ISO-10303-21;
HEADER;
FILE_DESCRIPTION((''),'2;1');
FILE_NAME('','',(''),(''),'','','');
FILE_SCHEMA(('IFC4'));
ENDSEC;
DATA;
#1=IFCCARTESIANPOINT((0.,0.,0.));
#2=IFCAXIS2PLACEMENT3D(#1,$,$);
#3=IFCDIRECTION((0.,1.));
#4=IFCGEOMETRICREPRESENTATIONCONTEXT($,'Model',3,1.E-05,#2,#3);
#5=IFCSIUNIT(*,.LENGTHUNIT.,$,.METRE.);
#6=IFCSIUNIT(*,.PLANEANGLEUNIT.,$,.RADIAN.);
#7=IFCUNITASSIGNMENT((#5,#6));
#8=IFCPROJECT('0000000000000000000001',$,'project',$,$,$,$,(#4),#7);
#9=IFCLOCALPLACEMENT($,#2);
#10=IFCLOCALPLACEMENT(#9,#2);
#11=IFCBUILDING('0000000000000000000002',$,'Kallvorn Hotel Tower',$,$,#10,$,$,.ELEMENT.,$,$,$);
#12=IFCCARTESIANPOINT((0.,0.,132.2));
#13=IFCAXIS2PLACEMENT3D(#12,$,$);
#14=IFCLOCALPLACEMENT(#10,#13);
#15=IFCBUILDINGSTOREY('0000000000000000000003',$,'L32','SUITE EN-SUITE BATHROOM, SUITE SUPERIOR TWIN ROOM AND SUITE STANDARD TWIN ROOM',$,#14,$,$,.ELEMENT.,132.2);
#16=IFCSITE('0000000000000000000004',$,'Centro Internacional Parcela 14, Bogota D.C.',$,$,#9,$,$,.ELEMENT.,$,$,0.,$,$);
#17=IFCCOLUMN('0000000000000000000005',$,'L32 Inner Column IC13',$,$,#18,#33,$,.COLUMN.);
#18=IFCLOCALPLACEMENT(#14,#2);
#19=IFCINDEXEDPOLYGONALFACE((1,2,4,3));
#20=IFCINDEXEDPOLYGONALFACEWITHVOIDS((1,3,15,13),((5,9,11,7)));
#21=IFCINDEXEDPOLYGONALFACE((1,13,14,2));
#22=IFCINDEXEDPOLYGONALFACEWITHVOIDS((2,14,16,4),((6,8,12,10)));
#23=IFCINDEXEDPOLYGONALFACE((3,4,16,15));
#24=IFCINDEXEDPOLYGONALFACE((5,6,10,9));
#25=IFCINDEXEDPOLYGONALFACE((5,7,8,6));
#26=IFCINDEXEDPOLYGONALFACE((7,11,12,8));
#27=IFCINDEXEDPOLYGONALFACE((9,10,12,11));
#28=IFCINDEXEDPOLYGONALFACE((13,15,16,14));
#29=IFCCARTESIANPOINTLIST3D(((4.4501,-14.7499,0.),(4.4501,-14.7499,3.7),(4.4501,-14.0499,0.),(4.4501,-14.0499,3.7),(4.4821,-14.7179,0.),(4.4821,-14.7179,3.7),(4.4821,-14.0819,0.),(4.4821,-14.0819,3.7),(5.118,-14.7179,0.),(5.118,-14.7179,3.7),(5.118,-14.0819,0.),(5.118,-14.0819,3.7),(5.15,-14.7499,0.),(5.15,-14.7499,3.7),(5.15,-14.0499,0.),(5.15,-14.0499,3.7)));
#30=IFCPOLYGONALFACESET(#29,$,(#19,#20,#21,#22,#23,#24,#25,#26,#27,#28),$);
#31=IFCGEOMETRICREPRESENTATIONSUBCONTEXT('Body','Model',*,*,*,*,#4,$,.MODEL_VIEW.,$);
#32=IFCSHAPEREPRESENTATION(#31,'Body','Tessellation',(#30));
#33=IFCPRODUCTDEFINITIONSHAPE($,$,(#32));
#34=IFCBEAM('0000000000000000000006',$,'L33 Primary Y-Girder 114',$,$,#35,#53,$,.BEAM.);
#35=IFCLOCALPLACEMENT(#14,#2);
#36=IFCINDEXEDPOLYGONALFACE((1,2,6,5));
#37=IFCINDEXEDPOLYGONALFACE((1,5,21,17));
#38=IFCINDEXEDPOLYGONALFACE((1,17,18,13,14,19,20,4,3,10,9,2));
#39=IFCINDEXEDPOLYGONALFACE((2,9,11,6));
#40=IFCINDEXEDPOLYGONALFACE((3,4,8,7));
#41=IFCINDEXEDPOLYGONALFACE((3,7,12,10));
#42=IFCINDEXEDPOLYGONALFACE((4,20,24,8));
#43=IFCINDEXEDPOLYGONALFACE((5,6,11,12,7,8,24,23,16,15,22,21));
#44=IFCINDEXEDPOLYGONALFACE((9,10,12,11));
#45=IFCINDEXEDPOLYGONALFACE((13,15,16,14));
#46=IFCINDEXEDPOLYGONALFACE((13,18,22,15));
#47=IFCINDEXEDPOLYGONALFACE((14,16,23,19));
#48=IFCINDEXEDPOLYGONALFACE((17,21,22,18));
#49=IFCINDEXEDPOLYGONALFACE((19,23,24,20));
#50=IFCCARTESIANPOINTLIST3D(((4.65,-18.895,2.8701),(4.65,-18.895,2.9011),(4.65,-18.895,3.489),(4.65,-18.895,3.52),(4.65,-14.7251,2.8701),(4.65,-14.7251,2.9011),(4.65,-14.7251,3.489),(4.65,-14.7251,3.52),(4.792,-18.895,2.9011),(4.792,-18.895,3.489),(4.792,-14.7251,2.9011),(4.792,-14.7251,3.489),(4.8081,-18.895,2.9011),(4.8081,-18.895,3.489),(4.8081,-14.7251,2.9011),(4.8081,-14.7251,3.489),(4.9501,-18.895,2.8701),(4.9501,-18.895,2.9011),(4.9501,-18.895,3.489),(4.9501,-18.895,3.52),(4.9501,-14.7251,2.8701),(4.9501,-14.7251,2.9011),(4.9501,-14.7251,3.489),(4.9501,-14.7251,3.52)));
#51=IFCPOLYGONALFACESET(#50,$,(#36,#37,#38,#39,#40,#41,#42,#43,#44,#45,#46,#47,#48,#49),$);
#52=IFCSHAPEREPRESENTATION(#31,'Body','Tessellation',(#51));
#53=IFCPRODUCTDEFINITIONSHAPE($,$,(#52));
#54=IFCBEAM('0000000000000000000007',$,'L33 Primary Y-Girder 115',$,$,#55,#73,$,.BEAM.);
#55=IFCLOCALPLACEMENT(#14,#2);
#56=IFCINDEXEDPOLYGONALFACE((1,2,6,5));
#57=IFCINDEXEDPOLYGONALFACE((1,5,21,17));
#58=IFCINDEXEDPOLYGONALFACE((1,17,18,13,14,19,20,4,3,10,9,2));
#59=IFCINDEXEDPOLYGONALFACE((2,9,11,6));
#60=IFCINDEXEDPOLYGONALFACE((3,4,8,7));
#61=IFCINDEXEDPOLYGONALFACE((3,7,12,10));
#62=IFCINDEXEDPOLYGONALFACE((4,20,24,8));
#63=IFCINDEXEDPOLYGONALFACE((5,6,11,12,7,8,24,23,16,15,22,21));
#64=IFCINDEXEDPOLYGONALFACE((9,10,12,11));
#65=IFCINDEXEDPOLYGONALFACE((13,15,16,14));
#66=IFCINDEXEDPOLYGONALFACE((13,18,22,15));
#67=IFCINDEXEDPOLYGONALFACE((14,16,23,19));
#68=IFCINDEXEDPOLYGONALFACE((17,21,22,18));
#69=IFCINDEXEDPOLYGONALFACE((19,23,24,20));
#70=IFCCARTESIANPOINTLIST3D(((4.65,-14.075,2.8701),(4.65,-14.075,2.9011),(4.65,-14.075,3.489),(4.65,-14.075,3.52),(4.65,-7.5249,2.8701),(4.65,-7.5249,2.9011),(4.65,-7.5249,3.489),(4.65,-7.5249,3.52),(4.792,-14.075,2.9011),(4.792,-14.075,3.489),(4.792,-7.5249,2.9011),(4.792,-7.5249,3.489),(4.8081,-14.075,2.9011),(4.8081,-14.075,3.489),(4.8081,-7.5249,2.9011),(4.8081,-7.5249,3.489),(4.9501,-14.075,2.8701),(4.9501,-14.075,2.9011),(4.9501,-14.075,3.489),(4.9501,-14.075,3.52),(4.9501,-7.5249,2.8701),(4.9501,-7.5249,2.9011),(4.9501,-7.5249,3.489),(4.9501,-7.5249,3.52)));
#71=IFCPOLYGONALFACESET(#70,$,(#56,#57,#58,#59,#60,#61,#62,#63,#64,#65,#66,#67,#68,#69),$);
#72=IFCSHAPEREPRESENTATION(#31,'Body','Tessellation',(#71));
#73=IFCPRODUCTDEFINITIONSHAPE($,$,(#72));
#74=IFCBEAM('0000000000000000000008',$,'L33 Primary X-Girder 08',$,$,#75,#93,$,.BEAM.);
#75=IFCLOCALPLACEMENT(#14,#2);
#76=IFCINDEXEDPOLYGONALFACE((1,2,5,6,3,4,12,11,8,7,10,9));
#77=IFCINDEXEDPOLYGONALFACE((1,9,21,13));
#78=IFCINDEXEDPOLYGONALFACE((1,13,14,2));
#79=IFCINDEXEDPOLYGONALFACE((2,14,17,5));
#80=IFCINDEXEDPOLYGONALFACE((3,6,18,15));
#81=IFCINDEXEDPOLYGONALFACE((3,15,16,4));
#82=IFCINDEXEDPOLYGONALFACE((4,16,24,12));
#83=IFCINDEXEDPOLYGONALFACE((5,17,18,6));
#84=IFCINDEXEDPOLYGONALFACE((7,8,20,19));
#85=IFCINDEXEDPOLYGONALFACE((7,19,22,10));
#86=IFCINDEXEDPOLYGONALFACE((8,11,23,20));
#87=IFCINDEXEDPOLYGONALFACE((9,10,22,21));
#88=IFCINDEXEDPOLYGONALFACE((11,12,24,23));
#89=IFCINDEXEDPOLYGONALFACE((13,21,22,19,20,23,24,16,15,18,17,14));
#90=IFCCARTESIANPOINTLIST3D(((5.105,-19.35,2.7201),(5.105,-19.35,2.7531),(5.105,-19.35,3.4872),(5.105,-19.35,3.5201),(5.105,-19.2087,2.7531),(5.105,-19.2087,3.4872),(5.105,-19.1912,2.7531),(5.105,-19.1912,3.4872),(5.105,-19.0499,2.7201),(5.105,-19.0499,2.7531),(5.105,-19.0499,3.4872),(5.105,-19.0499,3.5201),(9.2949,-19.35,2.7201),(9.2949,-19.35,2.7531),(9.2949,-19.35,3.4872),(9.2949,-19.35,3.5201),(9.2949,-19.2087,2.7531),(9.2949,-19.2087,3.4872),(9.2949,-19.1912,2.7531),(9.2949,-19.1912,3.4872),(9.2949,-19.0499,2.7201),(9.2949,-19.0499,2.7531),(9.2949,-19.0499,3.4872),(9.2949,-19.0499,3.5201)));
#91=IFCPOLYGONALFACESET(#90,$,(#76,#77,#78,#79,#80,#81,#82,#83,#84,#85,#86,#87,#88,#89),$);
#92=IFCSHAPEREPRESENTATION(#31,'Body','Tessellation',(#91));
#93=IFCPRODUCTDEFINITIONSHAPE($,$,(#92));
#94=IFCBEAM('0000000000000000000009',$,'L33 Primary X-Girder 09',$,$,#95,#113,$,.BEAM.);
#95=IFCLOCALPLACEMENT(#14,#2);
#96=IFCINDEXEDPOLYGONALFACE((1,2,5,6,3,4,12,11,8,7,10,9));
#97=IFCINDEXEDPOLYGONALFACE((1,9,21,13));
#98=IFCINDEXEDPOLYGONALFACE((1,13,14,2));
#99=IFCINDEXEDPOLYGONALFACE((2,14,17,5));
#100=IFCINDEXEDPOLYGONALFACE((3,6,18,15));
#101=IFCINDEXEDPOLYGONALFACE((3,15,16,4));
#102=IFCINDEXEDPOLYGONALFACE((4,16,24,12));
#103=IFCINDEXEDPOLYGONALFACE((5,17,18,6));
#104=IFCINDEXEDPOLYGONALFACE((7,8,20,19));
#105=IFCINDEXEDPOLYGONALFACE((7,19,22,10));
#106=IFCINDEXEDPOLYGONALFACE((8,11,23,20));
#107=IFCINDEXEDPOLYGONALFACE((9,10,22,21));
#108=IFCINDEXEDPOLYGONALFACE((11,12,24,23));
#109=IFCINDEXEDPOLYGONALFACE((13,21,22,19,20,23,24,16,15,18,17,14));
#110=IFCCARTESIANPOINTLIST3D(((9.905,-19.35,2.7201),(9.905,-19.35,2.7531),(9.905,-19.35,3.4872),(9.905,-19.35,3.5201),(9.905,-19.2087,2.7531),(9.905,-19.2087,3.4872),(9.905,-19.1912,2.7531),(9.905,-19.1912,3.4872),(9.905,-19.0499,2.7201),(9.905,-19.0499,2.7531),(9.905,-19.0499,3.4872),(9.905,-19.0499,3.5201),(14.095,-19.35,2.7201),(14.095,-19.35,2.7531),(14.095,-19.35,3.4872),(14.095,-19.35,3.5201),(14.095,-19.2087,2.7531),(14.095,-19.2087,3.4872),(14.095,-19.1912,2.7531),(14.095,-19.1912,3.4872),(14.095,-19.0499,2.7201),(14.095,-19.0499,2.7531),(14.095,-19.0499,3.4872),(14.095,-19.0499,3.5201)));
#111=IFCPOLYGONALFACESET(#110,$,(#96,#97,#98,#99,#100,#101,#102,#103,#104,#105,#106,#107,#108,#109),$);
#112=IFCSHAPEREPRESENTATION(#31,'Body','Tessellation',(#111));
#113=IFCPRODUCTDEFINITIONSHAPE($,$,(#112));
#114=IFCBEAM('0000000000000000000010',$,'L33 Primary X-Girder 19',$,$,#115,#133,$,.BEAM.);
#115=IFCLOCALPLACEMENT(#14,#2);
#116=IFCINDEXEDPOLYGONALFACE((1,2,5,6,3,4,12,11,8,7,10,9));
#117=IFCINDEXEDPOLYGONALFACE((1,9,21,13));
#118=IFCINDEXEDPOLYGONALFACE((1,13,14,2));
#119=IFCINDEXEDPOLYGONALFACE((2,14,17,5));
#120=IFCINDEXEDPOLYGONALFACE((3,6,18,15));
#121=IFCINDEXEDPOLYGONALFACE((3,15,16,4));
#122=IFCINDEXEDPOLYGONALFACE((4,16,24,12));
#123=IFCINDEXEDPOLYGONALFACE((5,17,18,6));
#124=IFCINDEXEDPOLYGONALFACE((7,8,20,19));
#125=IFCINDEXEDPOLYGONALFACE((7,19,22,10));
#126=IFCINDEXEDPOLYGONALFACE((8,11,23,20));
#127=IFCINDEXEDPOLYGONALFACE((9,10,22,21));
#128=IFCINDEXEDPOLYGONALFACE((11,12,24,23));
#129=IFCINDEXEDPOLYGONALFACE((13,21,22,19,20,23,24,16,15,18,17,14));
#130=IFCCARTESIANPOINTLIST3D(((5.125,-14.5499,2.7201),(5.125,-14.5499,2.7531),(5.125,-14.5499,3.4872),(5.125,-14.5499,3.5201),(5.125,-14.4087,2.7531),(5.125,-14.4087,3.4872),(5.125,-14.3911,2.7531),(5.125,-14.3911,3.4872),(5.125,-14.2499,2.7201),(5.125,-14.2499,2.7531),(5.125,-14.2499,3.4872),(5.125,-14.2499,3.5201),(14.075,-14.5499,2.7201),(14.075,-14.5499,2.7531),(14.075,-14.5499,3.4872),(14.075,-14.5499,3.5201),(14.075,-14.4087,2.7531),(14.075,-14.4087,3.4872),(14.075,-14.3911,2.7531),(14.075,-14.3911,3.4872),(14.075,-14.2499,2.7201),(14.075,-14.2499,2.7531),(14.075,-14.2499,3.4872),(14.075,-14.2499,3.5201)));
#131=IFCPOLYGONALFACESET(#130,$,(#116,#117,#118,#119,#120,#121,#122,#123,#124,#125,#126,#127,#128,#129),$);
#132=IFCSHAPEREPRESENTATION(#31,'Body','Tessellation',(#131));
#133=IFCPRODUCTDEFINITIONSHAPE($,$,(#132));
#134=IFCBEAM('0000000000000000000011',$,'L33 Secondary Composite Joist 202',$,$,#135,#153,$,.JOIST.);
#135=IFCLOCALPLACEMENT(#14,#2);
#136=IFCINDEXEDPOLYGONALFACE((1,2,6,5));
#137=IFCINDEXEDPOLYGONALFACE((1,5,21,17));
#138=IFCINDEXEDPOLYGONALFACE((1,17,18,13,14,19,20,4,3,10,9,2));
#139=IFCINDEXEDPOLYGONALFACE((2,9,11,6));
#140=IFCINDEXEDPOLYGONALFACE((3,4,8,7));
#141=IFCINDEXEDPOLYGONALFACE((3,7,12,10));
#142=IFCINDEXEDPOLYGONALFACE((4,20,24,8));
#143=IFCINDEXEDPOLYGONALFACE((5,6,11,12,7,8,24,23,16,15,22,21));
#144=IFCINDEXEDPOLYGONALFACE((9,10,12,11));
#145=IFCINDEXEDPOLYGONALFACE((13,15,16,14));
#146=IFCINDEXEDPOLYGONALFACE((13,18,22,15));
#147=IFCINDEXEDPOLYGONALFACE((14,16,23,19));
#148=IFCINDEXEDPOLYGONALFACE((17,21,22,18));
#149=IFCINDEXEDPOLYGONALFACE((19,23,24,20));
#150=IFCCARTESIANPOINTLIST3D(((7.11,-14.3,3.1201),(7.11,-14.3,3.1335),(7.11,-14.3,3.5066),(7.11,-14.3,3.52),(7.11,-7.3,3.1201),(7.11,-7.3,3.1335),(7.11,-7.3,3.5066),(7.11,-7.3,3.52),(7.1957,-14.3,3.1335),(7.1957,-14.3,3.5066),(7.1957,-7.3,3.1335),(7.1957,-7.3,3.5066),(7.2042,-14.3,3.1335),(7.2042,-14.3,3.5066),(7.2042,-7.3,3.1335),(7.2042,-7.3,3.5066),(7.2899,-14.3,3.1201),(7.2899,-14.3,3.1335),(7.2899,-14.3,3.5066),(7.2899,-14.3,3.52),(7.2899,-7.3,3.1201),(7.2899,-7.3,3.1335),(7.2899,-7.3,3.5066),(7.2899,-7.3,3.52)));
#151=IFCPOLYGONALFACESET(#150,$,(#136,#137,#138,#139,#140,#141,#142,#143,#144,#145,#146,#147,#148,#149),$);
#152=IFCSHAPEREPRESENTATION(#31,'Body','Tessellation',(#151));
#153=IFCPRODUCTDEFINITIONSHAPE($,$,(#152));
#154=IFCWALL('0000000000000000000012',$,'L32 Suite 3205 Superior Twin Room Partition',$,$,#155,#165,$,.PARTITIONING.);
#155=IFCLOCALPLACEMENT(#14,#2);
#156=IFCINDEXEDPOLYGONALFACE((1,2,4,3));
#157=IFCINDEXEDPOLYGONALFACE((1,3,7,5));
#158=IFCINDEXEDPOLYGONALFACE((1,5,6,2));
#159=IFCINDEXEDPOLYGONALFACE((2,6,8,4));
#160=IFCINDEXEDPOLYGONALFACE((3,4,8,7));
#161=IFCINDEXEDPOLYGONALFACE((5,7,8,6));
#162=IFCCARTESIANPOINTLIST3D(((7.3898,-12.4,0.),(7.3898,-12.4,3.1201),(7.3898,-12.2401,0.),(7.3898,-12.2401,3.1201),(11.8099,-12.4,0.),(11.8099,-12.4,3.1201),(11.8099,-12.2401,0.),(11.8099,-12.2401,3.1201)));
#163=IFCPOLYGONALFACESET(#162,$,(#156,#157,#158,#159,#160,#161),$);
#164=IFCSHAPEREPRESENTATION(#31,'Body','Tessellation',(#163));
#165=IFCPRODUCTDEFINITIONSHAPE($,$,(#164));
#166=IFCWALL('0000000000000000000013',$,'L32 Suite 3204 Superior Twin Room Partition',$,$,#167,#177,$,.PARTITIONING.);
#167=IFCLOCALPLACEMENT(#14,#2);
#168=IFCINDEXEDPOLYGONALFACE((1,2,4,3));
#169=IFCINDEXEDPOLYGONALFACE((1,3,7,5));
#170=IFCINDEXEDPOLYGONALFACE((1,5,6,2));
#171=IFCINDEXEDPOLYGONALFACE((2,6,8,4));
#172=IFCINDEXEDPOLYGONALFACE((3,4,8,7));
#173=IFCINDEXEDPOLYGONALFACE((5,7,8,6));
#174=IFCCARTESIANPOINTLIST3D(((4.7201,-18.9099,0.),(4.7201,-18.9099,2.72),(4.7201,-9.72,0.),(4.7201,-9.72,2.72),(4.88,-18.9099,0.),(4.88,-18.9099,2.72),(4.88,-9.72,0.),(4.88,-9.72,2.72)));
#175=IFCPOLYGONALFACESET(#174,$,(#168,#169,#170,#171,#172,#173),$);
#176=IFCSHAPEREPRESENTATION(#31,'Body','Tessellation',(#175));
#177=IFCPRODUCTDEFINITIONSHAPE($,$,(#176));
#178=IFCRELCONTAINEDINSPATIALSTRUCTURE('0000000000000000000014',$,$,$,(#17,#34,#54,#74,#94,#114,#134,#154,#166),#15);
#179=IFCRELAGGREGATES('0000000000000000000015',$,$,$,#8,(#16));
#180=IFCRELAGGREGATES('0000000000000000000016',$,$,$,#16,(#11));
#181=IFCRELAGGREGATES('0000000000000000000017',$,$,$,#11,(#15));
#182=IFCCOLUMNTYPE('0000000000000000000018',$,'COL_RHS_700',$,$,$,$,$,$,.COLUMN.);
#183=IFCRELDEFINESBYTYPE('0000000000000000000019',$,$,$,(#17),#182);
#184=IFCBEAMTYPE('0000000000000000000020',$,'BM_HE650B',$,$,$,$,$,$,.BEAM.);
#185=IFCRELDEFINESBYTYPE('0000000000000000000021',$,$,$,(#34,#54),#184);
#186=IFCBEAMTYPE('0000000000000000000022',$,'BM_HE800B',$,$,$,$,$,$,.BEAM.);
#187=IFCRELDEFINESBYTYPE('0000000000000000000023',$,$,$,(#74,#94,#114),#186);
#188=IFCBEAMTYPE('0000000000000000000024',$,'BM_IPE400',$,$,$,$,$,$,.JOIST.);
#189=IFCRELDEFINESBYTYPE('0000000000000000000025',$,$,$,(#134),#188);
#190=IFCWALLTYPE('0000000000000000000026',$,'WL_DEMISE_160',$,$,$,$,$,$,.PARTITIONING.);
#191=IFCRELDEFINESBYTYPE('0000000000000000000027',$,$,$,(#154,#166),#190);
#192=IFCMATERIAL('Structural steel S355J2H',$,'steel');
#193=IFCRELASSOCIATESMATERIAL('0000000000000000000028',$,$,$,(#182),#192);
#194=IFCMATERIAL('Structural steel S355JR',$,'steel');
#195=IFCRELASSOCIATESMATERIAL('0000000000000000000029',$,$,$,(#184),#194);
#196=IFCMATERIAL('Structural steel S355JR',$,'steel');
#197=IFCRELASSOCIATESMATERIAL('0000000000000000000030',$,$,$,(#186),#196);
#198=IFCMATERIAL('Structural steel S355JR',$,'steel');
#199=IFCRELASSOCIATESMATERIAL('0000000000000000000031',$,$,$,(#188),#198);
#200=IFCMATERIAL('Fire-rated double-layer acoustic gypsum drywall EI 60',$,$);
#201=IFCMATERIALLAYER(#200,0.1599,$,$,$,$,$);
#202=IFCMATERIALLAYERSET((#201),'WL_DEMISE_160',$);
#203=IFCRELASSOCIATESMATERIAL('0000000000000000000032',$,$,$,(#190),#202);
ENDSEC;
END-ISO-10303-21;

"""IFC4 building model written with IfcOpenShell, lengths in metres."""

from ifc_helpers import new_model, si_unit, direction, frame, frame_2d, origin, origin_2d, place, context, subcontext, project, spatial, rectangle, hollow_rectangle, i_section, extrude, material, layer, layer_set, material_profile, profile_set, type_object, element, save


model = new_model("IFC4")

# Units and contexts
model_context = context("Model", 3, precision=1e-05, world=origin(), true_north=direction((0.0, 1.0)))
body_context = subcontext(model_context, "Body", "Model", "MODEL_VIEW")
ifc_project = project(units=[si_unit("LENGTHUNIT", "METRE"), si_unit("PLANEANGLEUNIT", "RADIAN")], contexts=[model_context])

# Site, building, storey
site_placement = place(None, origin())
site = spatial("IfcSite", under=ifc_project, at=site_placement, Name="Centro Internacional Parcela 14, Bogota D.C.", CompositionType="ELEMENT", RefElevation=0.0)
building_placement = place(site_placement, origin())
building = spatial("IfcBuilding", under=site, at=building_placement, Name="Kallvorn Hotel Tower", CompositionType="ELEMENT")
storey_placement = place(building_placement, frame((0.0, 0.0, 132.2)))
storey = spatial("IfcBuildingStorey", under=building, at=storey_placement, Name="L32", Description="SUITE EN-SUITE BATHROOM, SUITE SUPERIOR TWIN ROOM AND SUITE STANDARD TWIN ROOM", CompositionType="ELEMENT", Elevation=132.2)

# Column
ifc_material_1 = material(Name="Structural steel S355J2H", Category="steel")
ifc_material_profile_1 = material_profile(ifc_material_1, hollow_rectangle(XDim=0.7, YDim=0.7, WallThickness=0.032, at=origin_2d()), Name="RHS 700x700x32")
ifc_profile_set_1 = profile_set([ifc_material_profile_1], Name="Structural steel S355J2H")
column_type_1 = type_object("IfcColumnType", Name="COL_RHS_700", PredefinedType="COLUMN", material=ifc_profile_set_1)
column_placement = place(storey_placement, frame((4.8, -14.3999, 0.0), z_axis=(0.0, 0.0, 1.0), x_axis=(1.0, 0.0, 0.0)))
element("IfcColumn", 1, at=column_placement, inside=storey, type_object=column_type_1, Name="L32 Inner Column IC13", PredefinedType="COLUMN", context=body_context, shape_type="SweptSolid", body=[
    extrude(hollow_rectangle(XDim=0.7, YDim=0.7, WallThickness=0.032, at=origin_2d()), origin(), (0.0, 0.0, 1.0), 3.7),
])

# Beams
ifc_material_2 = material(Name="Structural steel S355JR", Category="steel")
ifc_material_profile_2 = material_profile(ifc_material_2, i_section(OverallWidth=0.3, OverallDepth=0.6499, WebThickness=0.0161, FlangeThickness=0.031, at=origin_2d()), Name="HE 650 B")
ifc_profile_set_2 = profile_set([ifc_material_profile_2], Name="Structural steel S355JR")
beam_type_1 = type_object("IfcBeamType", Name="BM_HE650B", PredefinedType="BEAM", material=ifc_profile_set_2)
beam_1_placement = place(storey_placement, frame((4.8, -18.895, 3.1951), z_axis=(0.0, 1.0, 0.0), x_axis=(-1.0, 0.0, 0.0)))
element("IfcBeam", 2, at=beam_1_placement, inside=storey, type_object=beam_type_1, Name="L33 Primary Y-Girder 114", PredefinedType="BEAM", context=body_context, shape_type="SweptSolid", body=[
    extrude(i_section(OverallWidth=0.3, OverallDepth=0.6499, WebThickness=0.0161, FlangeThickness=0.031, at=origin_2d()), origin(), (0.0, 0.0, 1.0), 4.1699),
])
beam_2_placement = place(storey_placement, frame((4.8, -14.075, 3.1951), z_axis=(0.0, 1.0, 0.0), x_axis=(-1.0, 0.0, 0.0)))
element("IfcBeam", 3, at=beam_2_placement, inside=storey, type_object=beam_type_1, Name="L33 Primary Y-Girder 115", PredefinedType="BEAM", context=body_context, shape_type="SweptSolid", body=[
    extrude(i_section(OverallWidth=0.3, OverallDepth=0.6499, WebThickness=0.0161, FlangeThickness=0.031, at=origin_2d()), origin(), (0.0, 0.0, 1.0), 6.55),
])
ifc_material_3 = material(Name="Structural steel S355JR", Category="steel")
ifc_material_profile_3 = material_profile(ifc_material_3, i_section(OverallWidth=0.3, OverallDepth=0.8, WebThickness=0.0176, FlangeThickness=0.033, at=origin_2d()), Name="HE 800 B")
ifc_profile_set_3 = profile_set([ifc_material_profile_3], Name="Structural steel S355JR")
beam_type_2 = type_object("IfcBeamType", Name="BM_HE800B", PredefinedType="BEAM", material=ifc_profile_set_3)
for number, where, z_axis, x_axis, name in (
    (4, (5.105, -19.2, 3.1201), (1.0, 0.0, 0.0), (0.0, 1.0, 0.0), "L33 Primary X-Girder 08"),
    (5, (9.905, -19.2, 3.1201), (1.0, 0.0, 0.0), (0.0, 1.0, 0.0), "L33 Primary X-Girder 09"),
):
    element("IfcBeam", number, at=place(storey_placement, frame(where, z_axis=z_axis, x_axis=x_axis)), inside=storey, type_object=beam_type_2, Name=name, PredefinedType="BEAM", context=body_context, shape_type="SweptSolid", body=[
        extrude(i_section(OverallWidth=0.3, OverallDepth=0.8, WebThickness=0.0176, FlangeThickness=0.033, at=origin_2d()), origin(), (0.0, 0.0, 1.0), 4.1899),
    ])
beam_3_placement = place(storey_placement, frame((5.125, -14.3999, 3.1201), z_axis=(1.0, 0.0, 0.0), x_axis=(0.0, 1.0, 0.0)))
element("IfcBeam", 6, at=beam_3_placement, inside=storey, type_object=beam_type_2, Name="L33 Primary X-Girder 19", PredefinedType="BEAM", context=body_context, shape_type="SweptSolid", body=[
    extrude(i_section(OverallWidth=0.3, OverallDepth=0.8, WebThickness=0.0176, FlangeThickness=0.033, at=origin_2d()), origin(), (0.0, 0.0, 1.0), 8.95),
])
ifc_material_4 = material(Name="Structural steel S355JR", Category="steel")
ifc_material_profile_4 = material_profile(ifc_material_4, i_section(OverallWidth=0.1799, OverallDepth=0.3999, WebThickness=0.0085, FlangeThickness=0.0134, at=origin_2d()), Name="IPE 400")
ifc_profile_set_4 = profile_set([ifc_material_profile_4], Name="Structural steel S355JR")
beam_type_3 = type_object("IfcBeamType", Name="BM_IPE400", PredefinedType="JOIST", material=ifc_profile_set_4)
beam_4_placement = place(storey_placement, frame((7.2, -14.3, 3.3201), z_axis=(0.0, 1.0, 0.0), x_axis=(-1.0, 0.0, 0.0)))
element("IfcBeam", 7, at=beam_4_placement, inside=storey, type_object=beam_type_3, Name="L33 Secondary Composite Joist 202", PredefinedType="JOIST", context=body_context, shape_type="SweptSolid", body=[
    extrude(i_section(OverallWidth=0.1799, OverallDepth=0.3999, WebThickness=0.0085, FlangeThickness=0.0134, at=origin_2d()), origin(), (0.0, 0.0, 1.0), 7.0),
])

# Walls
ifc_material_5 = material(Name="Fire-rated double-layer acoustic gypsum drywall EI 60")
ifc_layer_1 = layer(ifc_material_5, 0.1599)
ifc_layer_set_1 = layer_set([ifc_layer_1], Name="WL_DEMISE_160")
wall_type_1 = type_object("IfcWallType", Name="WL_DEMISE_160", PredefinedType="PARTITIONING", material=ifc_layer_set_1)
wall_1_placement = place(storey_placement, frame((7.3899, -12.3201, 0.0), z_axis=(0.0, 0.0, 1.0), x_axis=(1.0, 0.0, 0.0)))
element("IfcWall", 8, at=wall_1_placement, inside=storey, type_object=wall_type_1, Name="L32 Suite 3205 Superior Twin Room Partition", PredefinedType="PARTITIONING", context=body_context, shape_type="SweptSolid", body=[
    extrude(rectangle(XDim=4.4202, YDim=0.1599, at=frame_2d((2.21, 0.0))), origin(), (0.0, 0.0, 1.0), 3.1201),
])
wall_2_placement = place(storey_placement, frame((4.8, -18.9099, 0.0), z_axis=(0.0, 0.0, 1.0), x_axis=(0.0, 1.0, 0.0)))
element("IfcWall", 9, at=wall_2_placement, inside=storey, type_object=wall_type_1, Name="L32 Suite 3204 Superior Twin Room Partition", PredefinedType="PARTITIONING", context=body_context, shape_type="SweptSolid", body=[
    extrude(rectangle(XDim=9.1899, YDim=0.1599, at=frame_2d((4.595, 0.0))), origin(), (0.0, 0.0, 1.0), 2.72),
])

save(model, "model.ifc")
